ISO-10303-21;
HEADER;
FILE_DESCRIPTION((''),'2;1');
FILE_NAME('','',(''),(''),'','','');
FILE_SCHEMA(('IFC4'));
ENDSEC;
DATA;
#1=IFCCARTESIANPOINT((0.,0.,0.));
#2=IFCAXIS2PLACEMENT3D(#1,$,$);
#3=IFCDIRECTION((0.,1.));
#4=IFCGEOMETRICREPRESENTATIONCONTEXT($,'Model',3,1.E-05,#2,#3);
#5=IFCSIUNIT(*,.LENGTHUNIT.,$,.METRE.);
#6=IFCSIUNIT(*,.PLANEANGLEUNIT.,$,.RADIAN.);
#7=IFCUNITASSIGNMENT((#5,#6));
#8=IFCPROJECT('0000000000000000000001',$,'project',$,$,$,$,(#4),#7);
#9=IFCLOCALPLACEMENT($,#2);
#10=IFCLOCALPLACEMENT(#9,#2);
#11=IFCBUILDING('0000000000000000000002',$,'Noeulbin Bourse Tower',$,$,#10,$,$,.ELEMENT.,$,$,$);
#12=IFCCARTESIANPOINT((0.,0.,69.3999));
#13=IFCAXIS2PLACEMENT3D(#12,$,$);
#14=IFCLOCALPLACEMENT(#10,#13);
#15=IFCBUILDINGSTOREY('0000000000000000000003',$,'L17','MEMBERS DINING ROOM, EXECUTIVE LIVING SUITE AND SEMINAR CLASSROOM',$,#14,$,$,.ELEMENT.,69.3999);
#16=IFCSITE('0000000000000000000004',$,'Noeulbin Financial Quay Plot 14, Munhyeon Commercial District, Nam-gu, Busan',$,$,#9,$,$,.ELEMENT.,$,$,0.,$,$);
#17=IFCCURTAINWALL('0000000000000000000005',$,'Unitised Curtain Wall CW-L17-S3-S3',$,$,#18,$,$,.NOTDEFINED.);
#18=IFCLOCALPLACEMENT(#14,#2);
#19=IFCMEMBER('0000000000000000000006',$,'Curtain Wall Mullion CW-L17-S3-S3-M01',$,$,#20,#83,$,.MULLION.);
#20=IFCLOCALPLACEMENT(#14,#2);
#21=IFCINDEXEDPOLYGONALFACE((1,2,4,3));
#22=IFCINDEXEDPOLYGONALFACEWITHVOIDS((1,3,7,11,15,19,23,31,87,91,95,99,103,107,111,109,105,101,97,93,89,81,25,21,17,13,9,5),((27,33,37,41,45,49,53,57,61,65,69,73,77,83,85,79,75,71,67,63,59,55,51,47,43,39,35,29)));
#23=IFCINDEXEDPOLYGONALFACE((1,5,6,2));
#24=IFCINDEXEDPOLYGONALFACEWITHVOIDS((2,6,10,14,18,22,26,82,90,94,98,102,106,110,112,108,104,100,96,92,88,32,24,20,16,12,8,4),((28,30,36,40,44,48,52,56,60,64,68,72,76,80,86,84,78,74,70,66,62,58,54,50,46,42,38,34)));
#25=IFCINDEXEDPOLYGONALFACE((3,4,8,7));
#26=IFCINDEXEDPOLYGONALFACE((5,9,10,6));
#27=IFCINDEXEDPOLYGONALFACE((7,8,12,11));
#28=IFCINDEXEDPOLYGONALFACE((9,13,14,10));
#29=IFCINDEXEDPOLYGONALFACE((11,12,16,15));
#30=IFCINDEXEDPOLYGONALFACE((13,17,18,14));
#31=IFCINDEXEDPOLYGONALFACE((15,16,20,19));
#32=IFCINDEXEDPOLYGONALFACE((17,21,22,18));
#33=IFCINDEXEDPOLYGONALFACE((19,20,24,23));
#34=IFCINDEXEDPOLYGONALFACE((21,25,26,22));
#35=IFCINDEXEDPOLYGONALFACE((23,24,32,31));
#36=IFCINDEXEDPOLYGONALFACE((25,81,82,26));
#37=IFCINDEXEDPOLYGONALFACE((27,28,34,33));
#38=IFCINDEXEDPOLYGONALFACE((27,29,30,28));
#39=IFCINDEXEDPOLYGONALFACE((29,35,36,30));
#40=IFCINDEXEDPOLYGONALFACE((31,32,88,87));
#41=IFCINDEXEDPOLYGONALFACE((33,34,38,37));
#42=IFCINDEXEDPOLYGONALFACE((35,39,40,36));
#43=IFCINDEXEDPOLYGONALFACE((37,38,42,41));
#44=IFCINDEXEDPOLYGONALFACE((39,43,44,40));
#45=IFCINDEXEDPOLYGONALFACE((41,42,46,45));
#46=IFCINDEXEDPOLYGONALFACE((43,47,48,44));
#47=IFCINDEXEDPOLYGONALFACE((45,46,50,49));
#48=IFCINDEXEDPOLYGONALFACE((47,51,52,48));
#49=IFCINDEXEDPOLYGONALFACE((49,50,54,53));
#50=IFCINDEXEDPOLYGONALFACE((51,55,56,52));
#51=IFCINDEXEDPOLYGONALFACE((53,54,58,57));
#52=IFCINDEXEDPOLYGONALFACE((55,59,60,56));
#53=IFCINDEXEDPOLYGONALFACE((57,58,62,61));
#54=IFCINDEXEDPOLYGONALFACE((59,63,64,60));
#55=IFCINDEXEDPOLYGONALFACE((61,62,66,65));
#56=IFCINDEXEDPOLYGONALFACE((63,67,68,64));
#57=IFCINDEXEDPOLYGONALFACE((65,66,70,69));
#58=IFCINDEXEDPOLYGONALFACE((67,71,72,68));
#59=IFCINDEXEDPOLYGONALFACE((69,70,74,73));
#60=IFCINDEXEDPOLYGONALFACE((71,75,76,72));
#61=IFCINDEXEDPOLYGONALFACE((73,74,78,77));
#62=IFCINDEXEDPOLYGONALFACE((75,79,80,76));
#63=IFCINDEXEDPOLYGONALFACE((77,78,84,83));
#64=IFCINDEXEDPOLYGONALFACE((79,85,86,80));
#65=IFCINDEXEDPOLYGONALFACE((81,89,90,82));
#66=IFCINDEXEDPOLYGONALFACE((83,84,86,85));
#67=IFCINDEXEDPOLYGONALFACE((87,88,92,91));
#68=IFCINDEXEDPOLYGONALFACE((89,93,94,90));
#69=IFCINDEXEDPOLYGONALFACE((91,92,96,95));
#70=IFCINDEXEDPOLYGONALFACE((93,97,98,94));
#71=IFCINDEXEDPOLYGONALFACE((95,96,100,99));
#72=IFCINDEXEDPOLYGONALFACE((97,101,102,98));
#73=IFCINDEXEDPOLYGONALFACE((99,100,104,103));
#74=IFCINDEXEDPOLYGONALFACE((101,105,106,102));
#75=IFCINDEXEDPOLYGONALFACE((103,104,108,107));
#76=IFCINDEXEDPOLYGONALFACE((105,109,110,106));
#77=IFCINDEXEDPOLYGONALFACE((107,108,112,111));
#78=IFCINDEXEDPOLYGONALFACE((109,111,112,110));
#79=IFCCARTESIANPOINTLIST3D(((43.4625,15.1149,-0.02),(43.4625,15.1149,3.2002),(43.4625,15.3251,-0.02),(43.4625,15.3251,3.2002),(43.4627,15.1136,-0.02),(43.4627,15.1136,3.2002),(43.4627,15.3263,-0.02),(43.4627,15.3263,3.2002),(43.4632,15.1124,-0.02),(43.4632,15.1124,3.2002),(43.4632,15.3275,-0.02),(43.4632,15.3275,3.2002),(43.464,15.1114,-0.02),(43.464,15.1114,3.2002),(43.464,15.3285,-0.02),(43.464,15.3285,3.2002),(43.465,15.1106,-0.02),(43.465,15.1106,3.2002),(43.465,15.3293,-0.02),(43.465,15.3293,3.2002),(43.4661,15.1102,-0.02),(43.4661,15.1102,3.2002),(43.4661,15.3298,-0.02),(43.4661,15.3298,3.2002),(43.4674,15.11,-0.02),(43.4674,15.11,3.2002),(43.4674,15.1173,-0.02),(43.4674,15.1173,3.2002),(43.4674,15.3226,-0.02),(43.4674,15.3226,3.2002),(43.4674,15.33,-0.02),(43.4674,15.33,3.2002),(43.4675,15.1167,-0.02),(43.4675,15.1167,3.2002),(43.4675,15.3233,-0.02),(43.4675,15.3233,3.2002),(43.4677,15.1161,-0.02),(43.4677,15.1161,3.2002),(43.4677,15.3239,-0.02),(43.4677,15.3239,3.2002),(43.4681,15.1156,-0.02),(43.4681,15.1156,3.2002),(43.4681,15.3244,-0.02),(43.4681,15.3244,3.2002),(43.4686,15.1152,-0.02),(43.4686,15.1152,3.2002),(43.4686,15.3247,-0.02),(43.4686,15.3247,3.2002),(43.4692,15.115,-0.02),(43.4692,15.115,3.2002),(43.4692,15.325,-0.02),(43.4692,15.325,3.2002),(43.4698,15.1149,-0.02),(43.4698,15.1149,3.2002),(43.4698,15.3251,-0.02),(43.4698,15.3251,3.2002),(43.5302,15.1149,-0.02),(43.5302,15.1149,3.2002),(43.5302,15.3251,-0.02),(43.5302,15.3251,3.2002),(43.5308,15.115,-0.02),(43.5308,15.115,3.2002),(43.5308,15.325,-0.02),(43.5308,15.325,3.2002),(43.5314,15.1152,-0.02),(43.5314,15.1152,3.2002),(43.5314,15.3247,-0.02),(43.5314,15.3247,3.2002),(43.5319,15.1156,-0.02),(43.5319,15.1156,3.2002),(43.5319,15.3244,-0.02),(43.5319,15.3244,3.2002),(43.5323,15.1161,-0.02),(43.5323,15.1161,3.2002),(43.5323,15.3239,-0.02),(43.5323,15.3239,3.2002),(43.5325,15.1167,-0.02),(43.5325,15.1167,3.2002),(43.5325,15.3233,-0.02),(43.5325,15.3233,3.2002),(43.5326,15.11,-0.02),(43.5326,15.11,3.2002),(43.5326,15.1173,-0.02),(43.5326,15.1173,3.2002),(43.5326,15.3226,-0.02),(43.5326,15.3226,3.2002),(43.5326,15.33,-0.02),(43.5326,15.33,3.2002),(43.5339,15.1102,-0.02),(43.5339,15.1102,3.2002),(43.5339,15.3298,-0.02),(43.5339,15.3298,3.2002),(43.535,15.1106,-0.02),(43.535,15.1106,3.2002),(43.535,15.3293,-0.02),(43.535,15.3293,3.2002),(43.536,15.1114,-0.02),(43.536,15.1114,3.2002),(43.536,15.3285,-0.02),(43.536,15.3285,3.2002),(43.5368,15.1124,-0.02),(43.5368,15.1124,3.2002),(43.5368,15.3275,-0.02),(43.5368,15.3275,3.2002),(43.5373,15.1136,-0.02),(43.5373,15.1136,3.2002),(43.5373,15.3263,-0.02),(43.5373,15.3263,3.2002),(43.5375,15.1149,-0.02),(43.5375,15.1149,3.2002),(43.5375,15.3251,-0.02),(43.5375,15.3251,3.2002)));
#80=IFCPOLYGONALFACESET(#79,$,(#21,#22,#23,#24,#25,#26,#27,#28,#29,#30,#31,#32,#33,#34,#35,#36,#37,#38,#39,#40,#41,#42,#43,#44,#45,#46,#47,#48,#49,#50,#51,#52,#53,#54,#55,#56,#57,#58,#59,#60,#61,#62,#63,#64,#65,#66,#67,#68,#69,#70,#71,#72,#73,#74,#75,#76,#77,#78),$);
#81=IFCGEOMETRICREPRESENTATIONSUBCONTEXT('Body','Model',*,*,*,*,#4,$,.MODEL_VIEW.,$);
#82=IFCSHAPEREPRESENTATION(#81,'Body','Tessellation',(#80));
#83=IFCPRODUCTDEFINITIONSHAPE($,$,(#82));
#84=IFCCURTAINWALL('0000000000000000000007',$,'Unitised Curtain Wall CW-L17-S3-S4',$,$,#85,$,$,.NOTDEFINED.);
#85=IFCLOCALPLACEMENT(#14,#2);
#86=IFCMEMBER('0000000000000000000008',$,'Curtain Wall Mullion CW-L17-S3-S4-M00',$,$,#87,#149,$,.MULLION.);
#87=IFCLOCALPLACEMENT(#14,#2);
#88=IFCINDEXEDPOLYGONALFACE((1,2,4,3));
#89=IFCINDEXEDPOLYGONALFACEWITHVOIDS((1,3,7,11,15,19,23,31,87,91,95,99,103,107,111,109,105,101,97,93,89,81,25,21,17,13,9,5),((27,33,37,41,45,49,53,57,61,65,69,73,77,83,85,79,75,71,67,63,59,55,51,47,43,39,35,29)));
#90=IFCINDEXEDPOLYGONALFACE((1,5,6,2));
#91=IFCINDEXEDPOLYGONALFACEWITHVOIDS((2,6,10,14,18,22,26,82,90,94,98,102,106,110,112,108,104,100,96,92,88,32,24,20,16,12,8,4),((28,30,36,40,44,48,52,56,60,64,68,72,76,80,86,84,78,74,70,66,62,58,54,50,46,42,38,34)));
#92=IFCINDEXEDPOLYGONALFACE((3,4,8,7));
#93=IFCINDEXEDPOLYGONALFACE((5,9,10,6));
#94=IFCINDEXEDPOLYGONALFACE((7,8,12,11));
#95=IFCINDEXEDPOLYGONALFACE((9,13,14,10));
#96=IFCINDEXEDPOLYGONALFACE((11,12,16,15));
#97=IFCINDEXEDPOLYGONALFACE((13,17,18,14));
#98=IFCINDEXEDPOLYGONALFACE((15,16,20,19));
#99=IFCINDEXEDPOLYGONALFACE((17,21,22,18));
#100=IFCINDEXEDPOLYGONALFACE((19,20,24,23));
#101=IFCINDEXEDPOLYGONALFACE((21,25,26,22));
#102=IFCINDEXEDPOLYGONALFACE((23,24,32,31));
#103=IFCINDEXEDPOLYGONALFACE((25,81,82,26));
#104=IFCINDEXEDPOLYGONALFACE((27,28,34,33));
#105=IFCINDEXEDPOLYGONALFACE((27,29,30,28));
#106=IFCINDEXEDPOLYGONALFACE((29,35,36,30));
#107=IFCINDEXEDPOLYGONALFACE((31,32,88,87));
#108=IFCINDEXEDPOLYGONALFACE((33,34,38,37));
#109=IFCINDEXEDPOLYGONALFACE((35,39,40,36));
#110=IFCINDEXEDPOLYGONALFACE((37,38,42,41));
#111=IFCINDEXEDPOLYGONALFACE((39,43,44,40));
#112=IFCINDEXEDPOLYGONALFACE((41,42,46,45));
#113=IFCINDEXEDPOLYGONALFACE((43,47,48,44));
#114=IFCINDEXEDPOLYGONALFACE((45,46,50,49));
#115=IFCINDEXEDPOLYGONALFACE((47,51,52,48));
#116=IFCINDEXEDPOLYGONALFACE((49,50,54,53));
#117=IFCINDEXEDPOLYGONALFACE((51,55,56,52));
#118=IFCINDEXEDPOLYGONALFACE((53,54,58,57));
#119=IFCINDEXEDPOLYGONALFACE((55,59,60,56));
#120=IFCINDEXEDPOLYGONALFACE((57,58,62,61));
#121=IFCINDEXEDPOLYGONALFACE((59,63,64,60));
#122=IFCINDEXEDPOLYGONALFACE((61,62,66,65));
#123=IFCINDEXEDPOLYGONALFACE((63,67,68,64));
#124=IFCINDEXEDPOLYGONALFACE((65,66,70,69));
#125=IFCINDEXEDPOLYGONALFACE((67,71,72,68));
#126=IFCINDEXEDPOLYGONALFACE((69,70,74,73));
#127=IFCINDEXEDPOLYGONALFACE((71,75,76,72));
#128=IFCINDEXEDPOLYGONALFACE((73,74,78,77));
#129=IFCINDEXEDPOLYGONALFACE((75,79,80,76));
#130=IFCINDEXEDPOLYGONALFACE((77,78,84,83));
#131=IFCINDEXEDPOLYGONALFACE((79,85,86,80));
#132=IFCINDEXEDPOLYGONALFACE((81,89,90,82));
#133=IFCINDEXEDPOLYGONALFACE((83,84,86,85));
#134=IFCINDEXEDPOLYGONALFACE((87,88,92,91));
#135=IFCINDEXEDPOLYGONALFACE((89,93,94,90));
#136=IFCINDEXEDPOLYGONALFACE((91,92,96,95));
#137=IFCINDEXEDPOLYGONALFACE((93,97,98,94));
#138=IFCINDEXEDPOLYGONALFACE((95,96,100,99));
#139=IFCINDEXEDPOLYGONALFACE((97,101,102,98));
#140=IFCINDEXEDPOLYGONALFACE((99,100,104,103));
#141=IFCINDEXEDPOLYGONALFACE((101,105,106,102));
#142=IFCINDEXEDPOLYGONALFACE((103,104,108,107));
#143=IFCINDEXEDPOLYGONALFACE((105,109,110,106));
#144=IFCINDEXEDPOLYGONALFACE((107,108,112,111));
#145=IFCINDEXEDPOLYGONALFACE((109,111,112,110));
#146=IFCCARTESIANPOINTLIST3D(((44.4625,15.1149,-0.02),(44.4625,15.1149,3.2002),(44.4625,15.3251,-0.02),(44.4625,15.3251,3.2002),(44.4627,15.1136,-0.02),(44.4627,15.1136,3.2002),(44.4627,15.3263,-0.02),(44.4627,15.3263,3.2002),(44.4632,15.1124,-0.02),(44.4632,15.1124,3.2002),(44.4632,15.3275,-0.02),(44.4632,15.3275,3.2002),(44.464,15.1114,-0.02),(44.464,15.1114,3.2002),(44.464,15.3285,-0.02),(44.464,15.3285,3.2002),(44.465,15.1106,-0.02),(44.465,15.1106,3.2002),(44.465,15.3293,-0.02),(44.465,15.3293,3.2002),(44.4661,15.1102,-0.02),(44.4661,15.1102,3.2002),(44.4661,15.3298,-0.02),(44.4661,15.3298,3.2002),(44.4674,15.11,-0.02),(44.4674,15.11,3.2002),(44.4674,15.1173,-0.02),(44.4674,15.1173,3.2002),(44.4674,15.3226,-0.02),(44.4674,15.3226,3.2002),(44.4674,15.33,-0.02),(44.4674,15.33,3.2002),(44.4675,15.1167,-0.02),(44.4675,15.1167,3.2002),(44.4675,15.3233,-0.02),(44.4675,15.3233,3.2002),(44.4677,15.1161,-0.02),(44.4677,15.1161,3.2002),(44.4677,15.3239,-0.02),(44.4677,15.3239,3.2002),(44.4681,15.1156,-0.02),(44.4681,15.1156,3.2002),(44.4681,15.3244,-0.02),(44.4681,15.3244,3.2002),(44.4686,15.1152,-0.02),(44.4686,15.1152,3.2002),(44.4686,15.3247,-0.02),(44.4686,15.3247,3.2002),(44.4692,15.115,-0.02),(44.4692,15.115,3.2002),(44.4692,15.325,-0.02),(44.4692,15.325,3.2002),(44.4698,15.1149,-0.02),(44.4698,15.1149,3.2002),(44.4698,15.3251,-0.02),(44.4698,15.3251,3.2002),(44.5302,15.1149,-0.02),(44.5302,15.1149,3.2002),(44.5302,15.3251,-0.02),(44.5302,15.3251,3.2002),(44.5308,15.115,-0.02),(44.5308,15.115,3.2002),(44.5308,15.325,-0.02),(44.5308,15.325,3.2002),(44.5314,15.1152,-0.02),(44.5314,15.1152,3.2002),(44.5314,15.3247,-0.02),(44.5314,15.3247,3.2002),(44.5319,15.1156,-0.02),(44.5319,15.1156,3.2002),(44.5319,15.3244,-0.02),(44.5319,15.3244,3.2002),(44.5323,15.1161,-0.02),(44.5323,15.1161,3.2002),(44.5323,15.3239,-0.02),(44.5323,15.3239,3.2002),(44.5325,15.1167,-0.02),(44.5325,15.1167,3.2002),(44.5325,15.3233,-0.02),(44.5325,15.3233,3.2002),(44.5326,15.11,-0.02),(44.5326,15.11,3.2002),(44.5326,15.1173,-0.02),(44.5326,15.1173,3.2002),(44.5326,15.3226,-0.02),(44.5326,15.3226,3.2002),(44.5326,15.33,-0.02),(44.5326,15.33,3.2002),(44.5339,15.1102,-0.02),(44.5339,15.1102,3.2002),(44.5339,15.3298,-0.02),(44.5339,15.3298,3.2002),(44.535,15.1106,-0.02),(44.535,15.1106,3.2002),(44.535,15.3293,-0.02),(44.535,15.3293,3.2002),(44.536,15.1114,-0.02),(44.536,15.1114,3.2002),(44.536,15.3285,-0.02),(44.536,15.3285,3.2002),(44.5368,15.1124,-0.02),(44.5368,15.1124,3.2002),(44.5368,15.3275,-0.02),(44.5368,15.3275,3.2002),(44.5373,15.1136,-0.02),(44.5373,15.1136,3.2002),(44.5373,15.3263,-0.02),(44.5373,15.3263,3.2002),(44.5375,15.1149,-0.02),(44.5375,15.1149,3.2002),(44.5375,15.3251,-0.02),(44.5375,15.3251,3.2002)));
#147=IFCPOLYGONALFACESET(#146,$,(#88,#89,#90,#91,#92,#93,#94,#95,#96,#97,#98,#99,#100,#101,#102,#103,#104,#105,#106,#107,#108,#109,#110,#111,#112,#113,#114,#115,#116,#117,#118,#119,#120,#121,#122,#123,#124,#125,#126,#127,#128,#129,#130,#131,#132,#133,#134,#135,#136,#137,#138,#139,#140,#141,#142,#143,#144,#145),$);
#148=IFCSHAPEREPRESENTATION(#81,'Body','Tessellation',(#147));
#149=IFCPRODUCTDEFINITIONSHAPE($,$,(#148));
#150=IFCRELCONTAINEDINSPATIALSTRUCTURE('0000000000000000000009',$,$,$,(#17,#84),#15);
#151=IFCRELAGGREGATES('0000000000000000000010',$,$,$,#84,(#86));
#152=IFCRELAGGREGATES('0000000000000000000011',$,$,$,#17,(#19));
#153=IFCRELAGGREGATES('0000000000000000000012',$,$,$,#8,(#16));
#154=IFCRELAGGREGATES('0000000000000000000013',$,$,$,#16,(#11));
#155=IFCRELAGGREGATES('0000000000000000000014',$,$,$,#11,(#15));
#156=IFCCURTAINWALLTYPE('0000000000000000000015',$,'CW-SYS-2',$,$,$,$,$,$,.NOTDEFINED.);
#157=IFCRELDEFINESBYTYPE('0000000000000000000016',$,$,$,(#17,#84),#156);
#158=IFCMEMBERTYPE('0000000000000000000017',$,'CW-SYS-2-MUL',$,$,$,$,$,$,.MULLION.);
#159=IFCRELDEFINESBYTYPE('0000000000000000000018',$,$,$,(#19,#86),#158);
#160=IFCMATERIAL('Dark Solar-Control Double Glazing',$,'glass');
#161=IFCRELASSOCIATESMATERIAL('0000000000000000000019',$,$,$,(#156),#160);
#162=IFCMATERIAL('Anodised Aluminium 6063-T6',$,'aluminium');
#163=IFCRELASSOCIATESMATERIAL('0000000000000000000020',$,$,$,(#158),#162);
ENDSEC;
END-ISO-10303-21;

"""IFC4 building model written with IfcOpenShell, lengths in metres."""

from ifc_helpers import new_model, si_unit, direction, frame, origin, origin_2d, place, context, subcontext, project, spatial, hollow_rectangle, extrude, material, material_profile, profile_set, type_object, element, aggregate, save


model = new_model("IFC4")

# Units and contexts
model_context = context("Model", 3, precision=1e-05, world=origin(), true_north=direction((0.0, 1.0)))
body_context = subcontext(model_context, "Body", "Model", "MODEL_VIEW")
ifc_project = project(units=[si_unit("LENGTHUNIT", "METRE"), si_unit("PLANEANGLEUNIT", "RADIAN")], contexts=[model_context])

# Site, building, storey
site_placement = place(None, origin())
site = spatial("IfcSite", under=ifc_project, at=site_placement, Name="Noeulbin Financial Quay Plot 14, Munhyeon Commercial District, Nam-gu, Busan", CompositionType="ELEMENT", RefElevation=0.0)
building_placement = place(site_placement, origin())
building = spatial("IfcBuilding", under=site, at=building_placement, Name="Noeulbin Bourse Tower", CompositionType="ELEMENT")
storey_placement = place(building_placement, frame((0.0, 0.0, 69.3999)))
storey = spatial("IfcBuildingStorey", under=building, at=storey_placement, Name="L17", Description="MEMBERS DINING ROOM, EXECUTIVE LIVING SUITE AND SEMINAR CLASSROOM", CompositionType="ELEMENT", Elevation=69.3999)

# Curtain walls, members
ifc_material_1 = material(Name="Dark Solar-Control Double Glazing", Category="glass")
curtain_wall_type = type_object("IfcCurtainWallType", Name="CW-SYS-2", PredefinedType="NOTDEFINED", material=ifc_material_1)
curtain_wall_1_placement = place(storey_placement, origin())
curtain_wall_1 = element("IfcCurtainWall", 1, at=curtain_wall_1_placement, inside=storey, type_object=curtain_wall_type, Name="Unitised Curtain Wall CW-L17-S3-S3", PredefinedType="NOTDEFINED")
ifc_material_2 = material(Name="Anodised Aluminium 6063-T6", Category="aluminium")
ifc_material_profile_1 = material_profile(ifc_material_2, hollow_rectangle(XDim=0.075, YDim=0.22, WallThickness=0.0049, InnerFilletRadius=0.0024, OuterFilletRadius=0.0049, at=origin_2d()), Name="ALU-MULL-75x220x5", Category="LoadBearing")
ifc_profile_set_1 = profile_set([ifc_material_profile_1], Name="Anodised Aluminium 6063-T6")
member_type_1 = type_object("IfcMemberType", Name="CW-SYS-2-MUL", PredefinedType="MULLION", material=ifc_profile_set_1)
member_1_placement = place(storey_placement, frame((43.5, 15.22, -0.02), z_axis=(0.0, 0.0, 1.0), x_axis=(1.0, 0.0, 0.0)))
member_1 = element("IfcMember", 2, at=member_1_placement, type_object=member_type_1, Name="Curtain Wall Mullion CW-L17-S3-S3-M01", PredefinedType="MULLION", context=body_context, shape_type="SweptSolid", body=[
    extrude(hollow_rectangle(XDim=0.075, YDim=0.22, WallThickness=0.0049, InnerFilletRadius=0.0024, OuterFilletRadius=0.0049, at=origin_2d()), origin(), (0.0, 0.0, 1.0), 3.2202),
])
curtain_wall_2_placement = place(storey_placement, origin())
curtain_wall_2 = element("IfcCurtainWall", 3, at=curtain_wall_2_placement, inside=storey, type_object=curtain_wall_type, Name="Unitised Curtain Wall CW-L17-S3-S4", PredefinedType="NOTDEFINED")
member_2_placement = place(storey_placement, frame((44.5, 15.22, -0.02), z_axis=(0.0, 0.0, 1.0), x_axis=(1.0, 0.0, 0.0)))
member_2 = element("IfcMember", 4, at=member_2_placement, type_object=member_type_1, Name="Curtain Wall Mullion CW-L17-S3-S4-M00", PredefinedType="MULLION", context=body_context, shape_type="SweptSolid", body=[
    extrude(hollow_rectangle(XDim=0.075, YDim=0.22, WallThickness=0.0049, InnerFilletRadius=0.0024, OuterFilletRadius=0.0049, at=origin_2d()), origin(), (0.0, 0.0, 1.0), 3.2202),
])
aggregate(curtain_wall_2, [member_2])

aggregate(curtain_wall_1, [member_1])

save(model, "model.ifc")
